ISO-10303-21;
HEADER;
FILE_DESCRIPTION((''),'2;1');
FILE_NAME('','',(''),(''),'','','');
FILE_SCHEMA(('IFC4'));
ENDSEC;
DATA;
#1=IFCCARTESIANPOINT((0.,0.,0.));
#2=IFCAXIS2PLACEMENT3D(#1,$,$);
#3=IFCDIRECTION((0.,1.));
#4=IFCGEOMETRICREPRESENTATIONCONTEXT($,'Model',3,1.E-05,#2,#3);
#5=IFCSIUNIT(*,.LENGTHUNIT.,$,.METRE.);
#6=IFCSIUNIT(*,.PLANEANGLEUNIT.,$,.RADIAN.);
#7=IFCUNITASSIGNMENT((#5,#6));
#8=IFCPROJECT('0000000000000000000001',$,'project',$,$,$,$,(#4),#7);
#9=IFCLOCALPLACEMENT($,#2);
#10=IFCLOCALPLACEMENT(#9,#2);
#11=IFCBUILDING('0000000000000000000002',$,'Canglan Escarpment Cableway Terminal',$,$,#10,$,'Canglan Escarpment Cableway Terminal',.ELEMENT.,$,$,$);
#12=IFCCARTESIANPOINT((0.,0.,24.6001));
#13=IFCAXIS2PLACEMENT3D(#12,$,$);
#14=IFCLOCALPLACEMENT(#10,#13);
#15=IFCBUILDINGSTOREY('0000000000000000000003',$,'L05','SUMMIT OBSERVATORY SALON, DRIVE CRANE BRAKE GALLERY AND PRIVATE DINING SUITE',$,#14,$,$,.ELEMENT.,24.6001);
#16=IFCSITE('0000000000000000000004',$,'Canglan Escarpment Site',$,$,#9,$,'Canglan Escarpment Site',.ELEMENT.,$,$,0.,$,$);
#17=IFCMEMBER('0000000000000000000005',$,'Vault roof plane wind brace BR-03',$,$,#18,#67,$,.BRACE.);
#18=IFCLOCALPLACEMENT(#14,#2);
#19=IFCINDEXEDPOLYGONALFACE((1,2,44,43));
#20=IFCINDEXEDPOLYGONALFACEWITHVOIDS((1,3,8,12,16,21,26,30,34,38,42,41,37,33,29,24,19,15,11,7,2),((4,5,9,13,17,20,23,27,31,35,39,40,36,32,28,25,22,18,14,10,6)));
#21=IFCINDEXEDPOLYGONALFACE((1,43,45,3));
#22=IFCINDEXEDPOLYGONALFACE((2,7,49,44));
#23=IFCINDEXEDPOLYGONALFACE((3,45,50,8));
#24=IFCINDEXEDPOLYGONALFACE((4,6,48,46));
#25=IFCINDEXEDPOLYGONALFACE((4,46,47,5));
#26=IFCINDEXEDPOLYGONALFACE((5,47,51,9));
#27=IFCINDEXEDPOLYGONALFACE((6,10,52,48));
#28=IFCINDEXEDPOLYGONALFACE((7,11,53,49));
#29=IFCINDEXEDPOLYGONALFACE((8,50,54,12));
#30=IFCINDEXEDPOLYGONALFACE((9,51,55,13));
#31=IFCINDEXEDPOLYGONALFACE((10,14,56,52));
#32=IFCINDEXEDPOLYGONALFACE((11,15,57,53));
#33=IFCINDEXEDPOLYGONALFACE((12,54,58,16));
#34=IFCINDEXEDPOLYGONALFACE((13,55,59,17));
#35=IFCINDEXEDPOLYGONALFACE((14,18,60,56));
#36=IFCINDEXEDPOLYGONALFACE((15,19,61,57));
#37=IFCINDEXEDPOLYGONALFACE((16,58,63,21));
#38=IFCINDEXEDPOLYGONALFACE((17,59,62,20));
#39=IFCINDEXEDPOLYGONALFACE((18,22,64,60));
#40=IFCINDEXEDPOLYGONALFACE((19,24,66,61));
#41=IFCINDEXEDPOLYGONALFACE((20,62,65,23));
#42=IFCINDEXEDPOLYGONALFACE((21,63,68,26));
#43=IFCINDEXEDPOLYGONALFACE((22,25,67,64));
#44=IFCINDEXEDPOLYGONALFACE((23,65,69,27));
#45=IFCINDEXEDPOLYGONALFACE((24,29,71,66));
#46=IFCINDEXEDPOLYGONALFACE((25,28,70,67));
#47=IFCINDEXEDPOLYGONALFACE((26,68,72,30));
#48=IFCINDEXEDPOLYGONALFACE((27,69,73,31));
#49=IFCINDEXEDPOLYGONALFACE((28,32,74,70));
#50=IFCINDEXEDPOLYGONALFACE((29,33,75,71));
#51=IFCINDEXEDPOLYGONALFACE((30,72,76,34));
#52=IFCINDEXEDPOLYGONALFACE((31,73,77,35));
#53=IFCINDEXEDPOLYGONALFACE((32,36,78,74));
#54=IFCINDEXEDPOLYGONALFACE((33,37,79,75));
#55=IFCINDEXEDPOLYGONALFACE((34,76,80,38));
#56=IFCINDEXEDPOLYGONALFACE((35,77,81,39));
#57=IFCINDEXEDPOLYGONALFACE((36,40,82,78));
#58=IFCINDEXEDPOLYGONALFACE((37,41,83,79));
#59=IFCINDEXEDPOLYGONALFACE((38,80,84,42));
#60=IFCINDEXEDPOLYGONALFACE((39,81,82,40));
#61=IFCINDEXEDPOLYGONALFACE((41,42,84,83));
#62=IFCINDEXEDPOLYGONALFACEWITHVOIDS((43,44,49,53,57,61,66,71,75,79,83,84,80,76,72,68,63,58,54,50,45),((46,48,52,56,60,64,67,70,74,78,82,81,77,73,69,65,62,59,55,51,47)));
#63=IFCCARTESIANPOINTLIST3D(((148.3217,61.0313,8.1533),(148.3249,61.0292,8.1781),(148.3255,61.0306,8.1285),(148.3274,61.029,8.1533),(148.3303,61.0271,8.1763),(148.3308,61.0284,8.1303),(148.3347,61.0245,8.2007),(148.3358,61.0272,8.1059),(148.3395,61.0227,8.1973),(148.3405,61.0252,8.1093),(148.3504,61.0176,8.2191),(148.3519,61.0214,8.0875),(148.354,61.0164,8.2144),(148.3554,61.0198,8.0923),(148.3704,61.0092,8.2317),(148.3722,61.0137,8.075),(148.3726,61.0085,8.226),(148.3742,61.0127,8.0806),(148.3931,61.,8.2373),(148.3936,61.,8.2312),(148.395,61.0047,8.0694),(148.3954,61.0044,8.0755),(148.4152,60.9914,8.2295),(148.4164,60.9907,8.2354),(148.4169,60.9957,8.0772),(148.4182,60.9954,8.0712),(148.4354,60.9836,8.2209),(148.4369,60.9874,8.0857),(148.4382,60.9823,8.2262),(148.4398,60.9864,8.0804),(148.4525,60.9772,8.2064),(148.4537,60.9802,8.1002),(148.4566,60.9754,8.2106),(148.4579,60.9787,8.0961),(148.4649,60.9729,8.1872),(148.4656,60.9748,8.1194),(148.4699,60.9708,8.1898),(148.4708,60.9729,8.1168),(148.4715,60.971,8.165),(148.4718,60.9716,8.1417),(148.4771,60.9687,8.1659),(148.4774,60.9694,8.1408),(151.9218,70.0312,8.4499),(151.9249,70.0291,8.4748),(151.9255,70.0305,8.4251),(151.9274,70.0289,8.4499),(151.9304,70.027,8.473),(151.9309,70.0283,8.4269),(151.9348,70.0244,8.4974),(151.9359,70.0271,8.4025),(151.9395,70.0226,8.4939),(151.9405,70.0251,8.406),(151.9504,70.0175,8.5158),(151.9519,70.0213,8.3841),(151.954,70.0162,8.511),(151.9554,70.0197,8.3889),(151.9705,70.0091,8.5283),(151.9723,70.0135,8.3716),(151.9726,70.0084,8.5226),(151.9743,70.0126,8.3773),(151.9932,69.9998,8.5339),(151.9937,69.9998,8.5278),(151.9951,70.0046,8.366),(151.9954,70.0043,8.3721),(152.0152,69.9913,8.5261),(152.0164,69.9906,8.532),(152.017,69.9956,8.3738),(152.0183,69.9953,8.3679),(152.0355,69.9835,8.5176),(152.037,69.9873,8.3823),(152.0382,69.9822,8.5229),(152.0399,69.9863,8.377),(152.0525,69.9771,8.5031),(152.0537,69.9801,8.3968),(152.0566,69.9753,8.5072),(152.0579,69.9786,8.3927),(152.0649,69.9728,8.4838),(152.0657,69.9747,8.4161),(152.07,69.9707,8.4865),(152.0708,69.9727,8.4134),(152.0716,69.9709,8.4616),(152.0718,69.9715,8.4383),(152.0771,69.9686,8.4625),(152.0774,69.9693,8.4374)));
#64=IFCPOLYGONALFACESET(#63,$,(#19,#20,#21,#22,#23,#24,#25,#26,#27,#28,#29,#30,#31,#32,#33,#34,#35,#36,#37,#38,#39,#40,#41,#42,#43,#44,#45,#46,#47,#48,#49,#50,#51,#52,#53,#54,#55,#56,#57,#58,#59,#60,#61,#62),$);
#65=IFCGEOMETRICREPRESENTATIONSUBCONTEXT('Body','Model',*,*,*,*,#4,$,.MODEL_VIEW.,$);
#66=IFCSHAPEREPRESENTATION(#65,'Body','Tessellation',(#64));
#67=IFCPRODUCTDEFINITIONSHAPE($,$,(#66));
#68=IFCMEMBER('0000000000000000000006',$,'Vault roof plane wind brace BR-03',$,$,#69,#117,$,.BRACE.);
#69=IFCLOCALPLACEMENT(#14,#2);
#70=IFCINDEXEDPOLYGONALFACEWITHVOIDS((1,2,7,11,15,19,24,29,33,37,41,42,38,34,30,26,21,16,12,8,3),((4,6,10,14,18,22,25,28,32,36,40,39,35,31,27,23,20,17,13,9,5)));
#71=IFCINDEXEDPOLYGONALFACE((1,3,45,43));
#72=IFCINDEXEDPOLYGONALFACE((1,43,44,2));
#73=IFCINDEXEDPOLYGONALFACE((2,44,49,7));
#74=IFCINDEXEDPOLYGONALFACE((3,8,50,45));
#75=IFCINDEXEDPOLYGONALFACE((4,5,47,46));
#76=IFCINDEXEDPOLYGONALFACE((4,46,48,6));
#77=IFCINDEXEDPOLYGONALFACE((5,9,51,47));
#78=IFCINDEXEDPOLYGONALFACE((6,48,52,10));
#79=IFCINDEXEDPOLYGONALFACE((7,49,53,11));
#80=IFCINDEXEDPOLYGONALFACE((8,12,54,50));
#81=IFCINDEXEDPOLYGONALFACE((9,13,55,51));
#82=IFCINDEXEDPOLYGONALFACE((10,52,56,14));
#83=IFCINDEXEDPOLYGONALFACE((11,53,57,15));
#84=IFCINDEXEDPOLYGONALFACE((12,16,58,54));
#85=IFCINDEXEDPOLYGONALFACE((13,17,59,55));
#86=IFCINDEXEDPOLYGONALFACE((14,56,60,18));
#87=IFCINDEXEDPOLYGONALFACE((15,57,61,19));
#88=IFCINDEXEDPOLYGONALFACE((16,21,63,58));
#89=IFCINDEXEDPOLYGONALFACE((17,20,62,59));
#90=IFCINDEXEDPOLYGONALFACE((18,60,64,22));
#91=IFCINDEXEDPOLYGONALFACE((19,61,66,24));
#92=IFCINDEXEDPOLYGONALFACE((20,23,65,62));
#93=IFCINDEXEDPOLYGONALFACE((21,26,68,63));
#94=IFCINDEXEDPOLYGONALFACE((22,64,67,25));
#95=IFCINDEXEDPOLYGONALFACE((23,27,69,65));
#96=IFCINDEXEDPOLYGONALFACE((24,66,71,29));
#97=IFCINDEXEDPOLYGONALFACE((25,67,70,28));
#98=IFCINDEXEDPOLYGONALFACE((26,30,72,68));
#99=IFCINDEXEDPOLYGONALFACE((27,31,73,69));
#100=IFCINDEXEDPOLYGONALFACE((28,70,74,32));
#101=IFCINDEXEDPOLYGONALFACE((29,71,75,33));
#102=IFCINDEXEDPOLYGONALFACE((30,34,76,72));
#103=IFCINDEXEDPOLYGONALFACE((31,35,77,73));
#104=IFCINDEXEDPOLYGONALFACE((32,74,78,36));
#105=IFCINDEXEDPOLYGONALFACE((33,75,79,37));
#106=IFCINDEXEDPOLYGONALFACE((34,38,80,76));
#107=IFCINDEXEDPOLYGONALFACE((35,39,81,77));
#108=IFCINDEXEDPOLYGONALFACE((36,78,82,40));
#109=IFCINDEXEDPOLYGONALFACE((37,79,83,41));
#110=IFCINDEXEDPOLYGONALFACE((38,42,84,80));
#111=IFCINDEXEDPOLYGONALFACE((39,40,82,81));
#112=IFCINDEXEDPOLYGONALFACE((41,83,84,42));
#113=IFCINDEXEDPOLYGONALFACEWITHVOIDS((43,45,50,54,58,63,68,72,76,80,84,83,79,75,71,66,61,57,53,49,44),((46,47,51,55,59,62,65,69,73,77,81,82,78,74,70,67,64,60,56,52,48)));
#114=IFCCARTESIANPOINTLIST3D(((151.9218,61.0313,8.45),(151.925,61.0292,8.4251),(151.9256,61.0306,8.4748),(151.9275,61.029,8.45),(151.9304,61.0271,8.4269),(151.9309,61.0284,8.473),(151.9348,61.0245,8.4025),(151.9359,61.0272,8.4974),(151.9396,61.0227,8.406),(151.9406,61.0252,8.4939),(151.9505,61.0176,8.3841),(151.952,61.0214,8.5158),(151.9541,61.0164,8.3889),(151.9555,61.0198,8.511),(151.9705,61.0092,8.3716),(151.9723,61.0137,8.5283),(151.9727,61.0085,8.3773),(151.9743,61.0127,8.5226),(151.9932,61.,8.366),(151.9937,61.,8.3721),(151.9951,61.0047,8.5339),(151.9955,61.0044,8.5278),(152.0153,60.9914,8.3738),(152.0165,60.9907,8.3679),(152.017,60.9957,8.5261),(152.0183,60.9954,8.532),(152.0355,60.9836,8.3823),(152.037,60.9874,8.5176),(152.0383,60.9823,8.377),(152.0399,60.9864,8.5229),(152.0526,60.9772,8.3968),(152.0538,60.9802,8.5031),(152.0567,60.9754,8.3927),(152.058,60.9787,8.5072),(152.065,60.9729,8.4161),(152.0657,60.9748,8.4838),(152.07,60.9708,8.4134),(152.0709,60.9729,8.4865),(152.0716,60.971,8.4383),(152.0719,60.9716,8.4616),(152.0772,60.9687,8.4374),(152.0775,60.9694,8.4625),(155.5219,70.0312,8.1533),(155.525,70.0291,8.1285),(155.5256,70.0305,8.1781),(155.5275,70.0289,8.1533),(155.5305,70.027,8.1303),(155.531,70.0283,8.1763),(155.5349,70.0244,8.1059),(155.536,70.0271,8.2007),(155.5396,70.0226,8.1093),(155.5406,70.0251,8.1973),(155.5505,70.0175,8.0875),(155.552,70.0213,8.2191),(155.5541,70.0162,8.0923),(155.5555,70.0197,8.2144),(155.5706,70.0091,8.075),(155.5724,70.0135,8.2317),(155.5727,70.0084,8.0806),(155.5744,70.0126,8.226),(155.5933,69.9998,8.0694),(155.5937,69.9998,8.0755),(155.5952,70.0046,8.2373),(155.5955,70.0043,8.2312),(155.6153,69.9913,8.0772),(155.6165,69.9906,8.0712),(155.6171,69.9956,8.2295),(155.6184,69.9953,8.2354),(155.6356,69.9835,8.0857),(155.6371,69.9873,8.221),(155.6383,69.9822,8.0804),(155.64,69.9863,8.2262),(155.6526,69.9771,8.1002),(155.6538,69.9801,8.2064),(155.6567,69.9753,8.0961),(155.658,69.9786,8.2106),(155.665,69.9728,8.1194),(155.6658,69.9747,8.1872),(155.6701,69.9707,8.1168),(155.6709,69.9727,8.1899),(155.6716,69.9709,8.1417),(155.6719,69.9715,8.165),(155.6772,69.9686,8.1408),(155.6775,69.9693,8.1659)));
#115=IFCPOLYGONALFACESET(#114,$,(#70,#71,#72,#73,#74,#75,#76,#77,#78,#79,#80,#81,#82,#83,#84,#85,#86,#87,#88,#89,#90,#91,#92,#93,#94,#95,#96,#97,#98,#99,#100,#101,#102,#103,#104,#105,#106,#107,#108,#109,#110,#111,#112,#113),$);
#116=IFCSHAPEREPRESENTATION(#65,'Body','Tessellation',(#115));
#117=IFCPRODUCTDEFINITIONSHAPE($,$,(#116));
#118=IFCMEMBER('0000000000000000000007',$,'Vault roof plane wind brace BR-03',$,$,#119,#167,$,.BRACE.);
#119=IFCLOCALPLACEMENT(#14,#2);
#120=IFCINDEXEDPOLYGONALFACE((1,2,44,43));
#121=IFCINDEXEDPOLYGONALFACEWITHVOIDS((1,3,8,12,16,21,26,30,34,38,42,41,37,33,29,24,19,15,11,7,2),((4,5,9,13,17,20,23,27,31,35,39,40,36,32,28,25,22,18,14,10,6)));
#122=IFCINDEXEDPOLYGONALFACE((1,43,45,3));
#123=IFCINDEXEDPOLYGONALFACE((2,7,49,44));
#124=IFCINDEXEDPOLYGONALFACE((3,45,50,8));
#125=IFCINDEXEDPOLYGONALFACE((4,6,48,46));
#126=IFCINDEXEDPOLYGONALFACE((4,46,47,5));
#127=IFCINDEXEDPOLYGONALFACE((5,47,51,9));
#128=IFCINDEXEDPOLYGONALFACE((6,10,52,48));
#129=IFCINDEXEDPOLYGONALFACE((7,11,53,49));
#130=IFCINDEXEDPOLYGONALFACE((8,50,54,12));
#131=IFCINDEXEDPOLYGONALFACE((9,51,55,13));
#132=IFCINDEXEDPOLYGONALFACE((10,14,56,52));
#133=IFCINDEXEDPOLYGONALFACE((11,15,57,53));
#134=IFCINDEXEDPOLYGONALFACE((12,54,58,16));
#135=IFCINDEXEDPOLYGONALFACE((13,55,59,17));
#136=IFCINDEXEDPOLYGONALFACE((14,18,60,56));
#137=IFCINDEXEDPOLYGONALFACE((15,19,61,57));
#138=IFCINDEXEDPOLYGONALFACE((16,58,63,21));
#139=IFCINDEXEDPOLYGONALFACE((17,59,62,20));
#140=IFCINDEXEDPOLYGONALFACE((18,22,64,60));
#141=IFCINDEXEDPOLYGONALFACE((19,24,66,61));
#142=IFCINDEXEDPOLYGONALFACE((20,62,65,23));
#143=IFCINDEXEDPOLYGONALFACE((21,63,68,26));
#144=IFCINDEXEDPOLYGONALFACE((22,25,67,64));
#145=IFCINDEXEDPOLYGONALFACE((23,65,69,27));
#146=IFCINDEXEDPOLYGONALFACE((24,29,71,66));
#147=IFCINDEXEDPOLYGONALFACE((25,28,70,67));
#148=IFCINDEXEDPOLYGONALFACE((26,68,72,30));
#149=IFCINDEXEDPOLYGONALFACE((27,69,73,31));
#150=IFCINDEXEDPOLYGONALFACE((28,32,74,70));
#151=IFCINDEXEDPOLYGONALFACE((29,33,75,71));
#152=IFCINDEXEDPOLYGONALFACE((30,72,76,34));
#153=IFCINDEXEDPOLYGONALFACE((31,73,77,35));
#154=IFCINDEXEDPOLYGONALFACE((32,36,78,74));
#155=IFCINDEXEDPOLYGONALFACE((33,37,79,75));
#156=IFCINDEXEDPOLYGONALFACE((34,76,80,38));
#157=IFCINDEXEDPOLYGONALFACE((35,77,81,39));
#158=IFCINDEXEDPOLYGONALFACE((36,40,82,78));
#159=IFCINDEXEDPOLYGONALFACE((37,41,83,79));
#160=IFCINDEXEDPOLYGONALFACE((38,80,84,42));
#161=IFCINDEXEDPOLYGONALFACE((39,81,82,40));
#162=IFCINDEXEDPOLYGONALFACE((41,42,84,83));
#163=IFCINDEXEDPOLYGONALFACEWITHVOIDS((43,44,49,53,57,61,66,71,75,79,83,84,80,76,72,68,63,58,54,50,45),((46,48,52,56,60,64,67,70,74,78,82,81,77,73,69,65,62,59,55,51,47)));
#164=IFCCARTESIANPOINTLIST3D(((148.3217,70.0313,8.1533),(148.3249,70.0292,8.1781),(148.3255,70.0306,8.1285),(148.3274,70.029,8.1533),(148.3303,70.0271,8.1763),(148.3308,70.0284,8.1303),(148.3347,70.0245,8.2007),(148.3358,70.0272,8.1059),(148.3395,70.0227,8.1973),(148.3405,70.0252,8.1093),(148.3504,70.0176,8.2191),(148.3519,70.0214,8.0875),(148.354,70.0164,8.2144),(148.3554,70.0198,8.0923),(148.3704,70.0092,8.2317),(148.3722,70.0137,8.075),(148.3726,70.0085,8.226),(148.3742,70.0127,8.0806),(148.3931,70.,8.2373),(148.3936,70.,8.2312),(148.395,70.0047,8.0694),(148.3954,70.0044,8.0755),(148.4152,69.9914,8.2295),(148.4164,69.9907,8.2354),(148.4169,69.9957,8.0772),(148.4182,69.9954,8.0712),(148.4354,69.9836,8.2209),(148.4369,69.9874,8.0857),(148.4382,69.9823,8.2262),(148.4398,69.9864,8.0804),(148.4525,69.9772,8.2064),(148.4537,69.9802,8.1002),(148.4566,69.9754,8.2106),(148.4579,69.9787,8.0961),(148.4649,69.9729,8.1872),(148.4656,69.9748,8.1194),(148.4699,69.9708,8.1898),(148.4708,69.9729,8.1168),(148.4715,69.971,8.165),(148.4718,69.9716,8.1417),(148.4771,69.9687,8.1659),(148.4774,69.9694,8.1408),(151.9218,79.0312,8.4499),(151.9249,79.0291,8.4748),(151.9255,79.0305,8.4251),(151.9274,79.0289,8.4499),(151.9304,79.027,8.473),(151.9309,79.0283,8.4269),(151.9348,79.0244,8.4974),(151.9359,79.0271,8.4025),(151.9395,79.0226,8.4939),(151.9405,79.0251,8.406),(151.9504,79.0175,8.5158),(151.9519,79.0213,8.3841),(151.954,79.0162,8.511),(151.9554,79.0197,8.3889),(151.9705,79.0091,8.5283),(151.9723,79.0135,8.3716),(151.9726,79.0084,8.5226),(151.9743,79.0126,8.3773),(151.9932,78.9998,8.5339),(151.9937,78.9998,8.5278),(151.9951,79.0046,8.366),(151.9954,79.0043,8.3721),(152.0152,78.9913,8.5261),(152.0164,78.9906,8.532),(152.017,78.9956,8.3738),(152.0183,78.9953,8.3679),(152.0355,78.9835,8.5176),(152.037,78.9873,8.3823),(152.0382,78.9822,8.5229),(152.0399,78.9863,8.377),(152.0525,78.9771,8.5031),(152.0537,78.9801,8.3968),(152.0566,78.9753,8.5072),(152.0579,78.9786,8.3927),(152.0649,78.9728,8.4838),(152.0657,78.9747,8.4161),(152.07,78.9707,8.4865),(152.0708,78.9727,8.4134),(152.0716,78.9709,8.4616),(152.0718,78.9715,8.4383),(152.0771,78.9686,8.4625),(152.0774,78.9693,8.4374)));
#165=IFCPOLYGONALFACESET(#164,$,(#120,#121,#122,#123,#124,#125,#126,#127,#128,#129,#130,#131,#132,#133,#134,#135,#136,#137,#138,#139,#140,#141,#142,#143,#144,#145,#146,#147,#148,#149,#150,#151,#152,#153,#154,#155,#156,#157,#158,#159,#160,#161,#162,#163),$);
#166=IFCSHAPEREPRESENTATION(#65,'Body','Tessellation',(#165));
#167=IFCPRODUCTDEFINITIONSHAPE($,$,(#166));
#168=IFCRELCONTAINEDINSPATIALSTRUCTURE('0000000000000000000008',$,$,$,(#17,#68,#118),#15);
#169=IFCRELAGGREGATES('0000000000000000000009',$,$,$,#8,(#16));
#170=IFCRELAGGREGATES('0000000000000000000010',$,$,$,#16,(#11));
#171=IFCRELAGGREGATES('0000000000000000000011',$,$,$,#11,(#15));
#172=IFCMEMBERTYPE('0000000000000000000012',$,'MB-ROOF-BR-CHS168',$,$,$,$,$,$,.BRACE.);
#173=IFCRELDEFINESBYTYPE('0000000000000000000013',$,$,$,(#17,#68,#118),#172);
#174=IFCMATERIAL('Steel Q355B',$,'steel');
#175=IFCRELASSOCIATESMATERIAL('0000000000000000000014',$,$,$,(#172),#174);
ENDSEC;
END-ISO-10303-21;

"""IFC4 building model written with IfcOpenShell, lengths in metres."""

from ifc_helpers import new_model, si_unit, direction, frame, origin, origin_2d, place, context, subcontext, project, spatial, hollow_circle, extrude, material, material_profile, profile_set, type_object, element, save


model = new_model("IFC4")

# Units and contexts
model_context = context("Model", 3, precision=1e-05, world=origin(), true_north=direction((0.0, 1.0)))
body_context = subcontext(model_context, "Body", "Model", "MODEL_VIEW")
ifc_project = project(units=[si_unit("LENGTHUNIT", "METRE"), si_unit("PLANEANGLEUNIT", "RADIAN")], contexts=[model_context])

# Site, building, storey
site_placement = place(None, origin())
site = spatial("IfcSite", under=ifc_project, at=site_placement, Name="Canglan Escarpment Site", LongName="Canglan Escarpment Site", CompositionType="ELEMENT", RefElevation=0.0)
building_placement = place(site_placement, origin())
building = spatial("IfcBuilding", under=site, at=building_placement, Name="Canglan Escarpment Cableway Terminal", LongName="Canglan Escarpment Cableway Terminal", CompositionType="ELEMENT")
storey_placement = place(building_placement, frame((0.0, 0.0, 24.6001)))
storey = spatial("IfcBuildingStorey", under=building, at=storey_placement, Name="L05", Description="SUMMIT OBSERVATORY SALON, DRIVE CRANE BRAKE GALLERY AND PRIVATE DINING SUITE", CompositionType="ELEMENT", Elevation=24.6001)

# Shared definitions
ifc_material = material(Name="Steel Q355B", Category="steel")

# Members
ifc_material_profile_1 = material_profile(ifc_material, hollow_circle(Radius=0.0842, WallThickness=0.0061, at=origin_2d()), Name="CHS 168.3x6")
ifc_profile_set_1 = profile_set([ifc_material_profile_1], Name="Steel Q355B")
member_type_1 = type_object("IfcMemberType", Name="MB-ROOF-BR-CHS168", PredefinedType="BRACE", material=ifc_profile_set_1)
for number, where, z_axis, x_axis, name in (
    (1, (148.3999, 61.0, 8.1533), (0.371226, 0.928039, 0.030587), (-0.928473, 0.371399, 0.0), "Vault roof plane wind brace BR-03"),
    (2, (152.0, 61.0, 8.45), (0.371226, 0.928039, -0.030587), (-0.928473, 0.371399, 0.0), "Vault roof plane wind brace BR-03"),
    (3, (148.3999, 70.0, 8.1533), (0.371226, 0.928039, 0.030587), (-0.928473, 0.371399, 0.0), "Vault roof plane wind brace BR-03"),
):
    element("IfcMember", number, at=place(storey_placement, frame(where, z_axis=z_axis, x_axis=x_axis)), inside=storey, type_object=member_type_1, Name=name, PredefinedType="BRACE", context=body_context, shape_type="SweptSolid", body=[
        extrude(hollow_circle(Radius=0.0842, WallThickness=0.0061, at=origin_2d()), origin(), (0.0, 0.0, 1.0), 9.6978),
    ])

save(model, "model.ifc")
